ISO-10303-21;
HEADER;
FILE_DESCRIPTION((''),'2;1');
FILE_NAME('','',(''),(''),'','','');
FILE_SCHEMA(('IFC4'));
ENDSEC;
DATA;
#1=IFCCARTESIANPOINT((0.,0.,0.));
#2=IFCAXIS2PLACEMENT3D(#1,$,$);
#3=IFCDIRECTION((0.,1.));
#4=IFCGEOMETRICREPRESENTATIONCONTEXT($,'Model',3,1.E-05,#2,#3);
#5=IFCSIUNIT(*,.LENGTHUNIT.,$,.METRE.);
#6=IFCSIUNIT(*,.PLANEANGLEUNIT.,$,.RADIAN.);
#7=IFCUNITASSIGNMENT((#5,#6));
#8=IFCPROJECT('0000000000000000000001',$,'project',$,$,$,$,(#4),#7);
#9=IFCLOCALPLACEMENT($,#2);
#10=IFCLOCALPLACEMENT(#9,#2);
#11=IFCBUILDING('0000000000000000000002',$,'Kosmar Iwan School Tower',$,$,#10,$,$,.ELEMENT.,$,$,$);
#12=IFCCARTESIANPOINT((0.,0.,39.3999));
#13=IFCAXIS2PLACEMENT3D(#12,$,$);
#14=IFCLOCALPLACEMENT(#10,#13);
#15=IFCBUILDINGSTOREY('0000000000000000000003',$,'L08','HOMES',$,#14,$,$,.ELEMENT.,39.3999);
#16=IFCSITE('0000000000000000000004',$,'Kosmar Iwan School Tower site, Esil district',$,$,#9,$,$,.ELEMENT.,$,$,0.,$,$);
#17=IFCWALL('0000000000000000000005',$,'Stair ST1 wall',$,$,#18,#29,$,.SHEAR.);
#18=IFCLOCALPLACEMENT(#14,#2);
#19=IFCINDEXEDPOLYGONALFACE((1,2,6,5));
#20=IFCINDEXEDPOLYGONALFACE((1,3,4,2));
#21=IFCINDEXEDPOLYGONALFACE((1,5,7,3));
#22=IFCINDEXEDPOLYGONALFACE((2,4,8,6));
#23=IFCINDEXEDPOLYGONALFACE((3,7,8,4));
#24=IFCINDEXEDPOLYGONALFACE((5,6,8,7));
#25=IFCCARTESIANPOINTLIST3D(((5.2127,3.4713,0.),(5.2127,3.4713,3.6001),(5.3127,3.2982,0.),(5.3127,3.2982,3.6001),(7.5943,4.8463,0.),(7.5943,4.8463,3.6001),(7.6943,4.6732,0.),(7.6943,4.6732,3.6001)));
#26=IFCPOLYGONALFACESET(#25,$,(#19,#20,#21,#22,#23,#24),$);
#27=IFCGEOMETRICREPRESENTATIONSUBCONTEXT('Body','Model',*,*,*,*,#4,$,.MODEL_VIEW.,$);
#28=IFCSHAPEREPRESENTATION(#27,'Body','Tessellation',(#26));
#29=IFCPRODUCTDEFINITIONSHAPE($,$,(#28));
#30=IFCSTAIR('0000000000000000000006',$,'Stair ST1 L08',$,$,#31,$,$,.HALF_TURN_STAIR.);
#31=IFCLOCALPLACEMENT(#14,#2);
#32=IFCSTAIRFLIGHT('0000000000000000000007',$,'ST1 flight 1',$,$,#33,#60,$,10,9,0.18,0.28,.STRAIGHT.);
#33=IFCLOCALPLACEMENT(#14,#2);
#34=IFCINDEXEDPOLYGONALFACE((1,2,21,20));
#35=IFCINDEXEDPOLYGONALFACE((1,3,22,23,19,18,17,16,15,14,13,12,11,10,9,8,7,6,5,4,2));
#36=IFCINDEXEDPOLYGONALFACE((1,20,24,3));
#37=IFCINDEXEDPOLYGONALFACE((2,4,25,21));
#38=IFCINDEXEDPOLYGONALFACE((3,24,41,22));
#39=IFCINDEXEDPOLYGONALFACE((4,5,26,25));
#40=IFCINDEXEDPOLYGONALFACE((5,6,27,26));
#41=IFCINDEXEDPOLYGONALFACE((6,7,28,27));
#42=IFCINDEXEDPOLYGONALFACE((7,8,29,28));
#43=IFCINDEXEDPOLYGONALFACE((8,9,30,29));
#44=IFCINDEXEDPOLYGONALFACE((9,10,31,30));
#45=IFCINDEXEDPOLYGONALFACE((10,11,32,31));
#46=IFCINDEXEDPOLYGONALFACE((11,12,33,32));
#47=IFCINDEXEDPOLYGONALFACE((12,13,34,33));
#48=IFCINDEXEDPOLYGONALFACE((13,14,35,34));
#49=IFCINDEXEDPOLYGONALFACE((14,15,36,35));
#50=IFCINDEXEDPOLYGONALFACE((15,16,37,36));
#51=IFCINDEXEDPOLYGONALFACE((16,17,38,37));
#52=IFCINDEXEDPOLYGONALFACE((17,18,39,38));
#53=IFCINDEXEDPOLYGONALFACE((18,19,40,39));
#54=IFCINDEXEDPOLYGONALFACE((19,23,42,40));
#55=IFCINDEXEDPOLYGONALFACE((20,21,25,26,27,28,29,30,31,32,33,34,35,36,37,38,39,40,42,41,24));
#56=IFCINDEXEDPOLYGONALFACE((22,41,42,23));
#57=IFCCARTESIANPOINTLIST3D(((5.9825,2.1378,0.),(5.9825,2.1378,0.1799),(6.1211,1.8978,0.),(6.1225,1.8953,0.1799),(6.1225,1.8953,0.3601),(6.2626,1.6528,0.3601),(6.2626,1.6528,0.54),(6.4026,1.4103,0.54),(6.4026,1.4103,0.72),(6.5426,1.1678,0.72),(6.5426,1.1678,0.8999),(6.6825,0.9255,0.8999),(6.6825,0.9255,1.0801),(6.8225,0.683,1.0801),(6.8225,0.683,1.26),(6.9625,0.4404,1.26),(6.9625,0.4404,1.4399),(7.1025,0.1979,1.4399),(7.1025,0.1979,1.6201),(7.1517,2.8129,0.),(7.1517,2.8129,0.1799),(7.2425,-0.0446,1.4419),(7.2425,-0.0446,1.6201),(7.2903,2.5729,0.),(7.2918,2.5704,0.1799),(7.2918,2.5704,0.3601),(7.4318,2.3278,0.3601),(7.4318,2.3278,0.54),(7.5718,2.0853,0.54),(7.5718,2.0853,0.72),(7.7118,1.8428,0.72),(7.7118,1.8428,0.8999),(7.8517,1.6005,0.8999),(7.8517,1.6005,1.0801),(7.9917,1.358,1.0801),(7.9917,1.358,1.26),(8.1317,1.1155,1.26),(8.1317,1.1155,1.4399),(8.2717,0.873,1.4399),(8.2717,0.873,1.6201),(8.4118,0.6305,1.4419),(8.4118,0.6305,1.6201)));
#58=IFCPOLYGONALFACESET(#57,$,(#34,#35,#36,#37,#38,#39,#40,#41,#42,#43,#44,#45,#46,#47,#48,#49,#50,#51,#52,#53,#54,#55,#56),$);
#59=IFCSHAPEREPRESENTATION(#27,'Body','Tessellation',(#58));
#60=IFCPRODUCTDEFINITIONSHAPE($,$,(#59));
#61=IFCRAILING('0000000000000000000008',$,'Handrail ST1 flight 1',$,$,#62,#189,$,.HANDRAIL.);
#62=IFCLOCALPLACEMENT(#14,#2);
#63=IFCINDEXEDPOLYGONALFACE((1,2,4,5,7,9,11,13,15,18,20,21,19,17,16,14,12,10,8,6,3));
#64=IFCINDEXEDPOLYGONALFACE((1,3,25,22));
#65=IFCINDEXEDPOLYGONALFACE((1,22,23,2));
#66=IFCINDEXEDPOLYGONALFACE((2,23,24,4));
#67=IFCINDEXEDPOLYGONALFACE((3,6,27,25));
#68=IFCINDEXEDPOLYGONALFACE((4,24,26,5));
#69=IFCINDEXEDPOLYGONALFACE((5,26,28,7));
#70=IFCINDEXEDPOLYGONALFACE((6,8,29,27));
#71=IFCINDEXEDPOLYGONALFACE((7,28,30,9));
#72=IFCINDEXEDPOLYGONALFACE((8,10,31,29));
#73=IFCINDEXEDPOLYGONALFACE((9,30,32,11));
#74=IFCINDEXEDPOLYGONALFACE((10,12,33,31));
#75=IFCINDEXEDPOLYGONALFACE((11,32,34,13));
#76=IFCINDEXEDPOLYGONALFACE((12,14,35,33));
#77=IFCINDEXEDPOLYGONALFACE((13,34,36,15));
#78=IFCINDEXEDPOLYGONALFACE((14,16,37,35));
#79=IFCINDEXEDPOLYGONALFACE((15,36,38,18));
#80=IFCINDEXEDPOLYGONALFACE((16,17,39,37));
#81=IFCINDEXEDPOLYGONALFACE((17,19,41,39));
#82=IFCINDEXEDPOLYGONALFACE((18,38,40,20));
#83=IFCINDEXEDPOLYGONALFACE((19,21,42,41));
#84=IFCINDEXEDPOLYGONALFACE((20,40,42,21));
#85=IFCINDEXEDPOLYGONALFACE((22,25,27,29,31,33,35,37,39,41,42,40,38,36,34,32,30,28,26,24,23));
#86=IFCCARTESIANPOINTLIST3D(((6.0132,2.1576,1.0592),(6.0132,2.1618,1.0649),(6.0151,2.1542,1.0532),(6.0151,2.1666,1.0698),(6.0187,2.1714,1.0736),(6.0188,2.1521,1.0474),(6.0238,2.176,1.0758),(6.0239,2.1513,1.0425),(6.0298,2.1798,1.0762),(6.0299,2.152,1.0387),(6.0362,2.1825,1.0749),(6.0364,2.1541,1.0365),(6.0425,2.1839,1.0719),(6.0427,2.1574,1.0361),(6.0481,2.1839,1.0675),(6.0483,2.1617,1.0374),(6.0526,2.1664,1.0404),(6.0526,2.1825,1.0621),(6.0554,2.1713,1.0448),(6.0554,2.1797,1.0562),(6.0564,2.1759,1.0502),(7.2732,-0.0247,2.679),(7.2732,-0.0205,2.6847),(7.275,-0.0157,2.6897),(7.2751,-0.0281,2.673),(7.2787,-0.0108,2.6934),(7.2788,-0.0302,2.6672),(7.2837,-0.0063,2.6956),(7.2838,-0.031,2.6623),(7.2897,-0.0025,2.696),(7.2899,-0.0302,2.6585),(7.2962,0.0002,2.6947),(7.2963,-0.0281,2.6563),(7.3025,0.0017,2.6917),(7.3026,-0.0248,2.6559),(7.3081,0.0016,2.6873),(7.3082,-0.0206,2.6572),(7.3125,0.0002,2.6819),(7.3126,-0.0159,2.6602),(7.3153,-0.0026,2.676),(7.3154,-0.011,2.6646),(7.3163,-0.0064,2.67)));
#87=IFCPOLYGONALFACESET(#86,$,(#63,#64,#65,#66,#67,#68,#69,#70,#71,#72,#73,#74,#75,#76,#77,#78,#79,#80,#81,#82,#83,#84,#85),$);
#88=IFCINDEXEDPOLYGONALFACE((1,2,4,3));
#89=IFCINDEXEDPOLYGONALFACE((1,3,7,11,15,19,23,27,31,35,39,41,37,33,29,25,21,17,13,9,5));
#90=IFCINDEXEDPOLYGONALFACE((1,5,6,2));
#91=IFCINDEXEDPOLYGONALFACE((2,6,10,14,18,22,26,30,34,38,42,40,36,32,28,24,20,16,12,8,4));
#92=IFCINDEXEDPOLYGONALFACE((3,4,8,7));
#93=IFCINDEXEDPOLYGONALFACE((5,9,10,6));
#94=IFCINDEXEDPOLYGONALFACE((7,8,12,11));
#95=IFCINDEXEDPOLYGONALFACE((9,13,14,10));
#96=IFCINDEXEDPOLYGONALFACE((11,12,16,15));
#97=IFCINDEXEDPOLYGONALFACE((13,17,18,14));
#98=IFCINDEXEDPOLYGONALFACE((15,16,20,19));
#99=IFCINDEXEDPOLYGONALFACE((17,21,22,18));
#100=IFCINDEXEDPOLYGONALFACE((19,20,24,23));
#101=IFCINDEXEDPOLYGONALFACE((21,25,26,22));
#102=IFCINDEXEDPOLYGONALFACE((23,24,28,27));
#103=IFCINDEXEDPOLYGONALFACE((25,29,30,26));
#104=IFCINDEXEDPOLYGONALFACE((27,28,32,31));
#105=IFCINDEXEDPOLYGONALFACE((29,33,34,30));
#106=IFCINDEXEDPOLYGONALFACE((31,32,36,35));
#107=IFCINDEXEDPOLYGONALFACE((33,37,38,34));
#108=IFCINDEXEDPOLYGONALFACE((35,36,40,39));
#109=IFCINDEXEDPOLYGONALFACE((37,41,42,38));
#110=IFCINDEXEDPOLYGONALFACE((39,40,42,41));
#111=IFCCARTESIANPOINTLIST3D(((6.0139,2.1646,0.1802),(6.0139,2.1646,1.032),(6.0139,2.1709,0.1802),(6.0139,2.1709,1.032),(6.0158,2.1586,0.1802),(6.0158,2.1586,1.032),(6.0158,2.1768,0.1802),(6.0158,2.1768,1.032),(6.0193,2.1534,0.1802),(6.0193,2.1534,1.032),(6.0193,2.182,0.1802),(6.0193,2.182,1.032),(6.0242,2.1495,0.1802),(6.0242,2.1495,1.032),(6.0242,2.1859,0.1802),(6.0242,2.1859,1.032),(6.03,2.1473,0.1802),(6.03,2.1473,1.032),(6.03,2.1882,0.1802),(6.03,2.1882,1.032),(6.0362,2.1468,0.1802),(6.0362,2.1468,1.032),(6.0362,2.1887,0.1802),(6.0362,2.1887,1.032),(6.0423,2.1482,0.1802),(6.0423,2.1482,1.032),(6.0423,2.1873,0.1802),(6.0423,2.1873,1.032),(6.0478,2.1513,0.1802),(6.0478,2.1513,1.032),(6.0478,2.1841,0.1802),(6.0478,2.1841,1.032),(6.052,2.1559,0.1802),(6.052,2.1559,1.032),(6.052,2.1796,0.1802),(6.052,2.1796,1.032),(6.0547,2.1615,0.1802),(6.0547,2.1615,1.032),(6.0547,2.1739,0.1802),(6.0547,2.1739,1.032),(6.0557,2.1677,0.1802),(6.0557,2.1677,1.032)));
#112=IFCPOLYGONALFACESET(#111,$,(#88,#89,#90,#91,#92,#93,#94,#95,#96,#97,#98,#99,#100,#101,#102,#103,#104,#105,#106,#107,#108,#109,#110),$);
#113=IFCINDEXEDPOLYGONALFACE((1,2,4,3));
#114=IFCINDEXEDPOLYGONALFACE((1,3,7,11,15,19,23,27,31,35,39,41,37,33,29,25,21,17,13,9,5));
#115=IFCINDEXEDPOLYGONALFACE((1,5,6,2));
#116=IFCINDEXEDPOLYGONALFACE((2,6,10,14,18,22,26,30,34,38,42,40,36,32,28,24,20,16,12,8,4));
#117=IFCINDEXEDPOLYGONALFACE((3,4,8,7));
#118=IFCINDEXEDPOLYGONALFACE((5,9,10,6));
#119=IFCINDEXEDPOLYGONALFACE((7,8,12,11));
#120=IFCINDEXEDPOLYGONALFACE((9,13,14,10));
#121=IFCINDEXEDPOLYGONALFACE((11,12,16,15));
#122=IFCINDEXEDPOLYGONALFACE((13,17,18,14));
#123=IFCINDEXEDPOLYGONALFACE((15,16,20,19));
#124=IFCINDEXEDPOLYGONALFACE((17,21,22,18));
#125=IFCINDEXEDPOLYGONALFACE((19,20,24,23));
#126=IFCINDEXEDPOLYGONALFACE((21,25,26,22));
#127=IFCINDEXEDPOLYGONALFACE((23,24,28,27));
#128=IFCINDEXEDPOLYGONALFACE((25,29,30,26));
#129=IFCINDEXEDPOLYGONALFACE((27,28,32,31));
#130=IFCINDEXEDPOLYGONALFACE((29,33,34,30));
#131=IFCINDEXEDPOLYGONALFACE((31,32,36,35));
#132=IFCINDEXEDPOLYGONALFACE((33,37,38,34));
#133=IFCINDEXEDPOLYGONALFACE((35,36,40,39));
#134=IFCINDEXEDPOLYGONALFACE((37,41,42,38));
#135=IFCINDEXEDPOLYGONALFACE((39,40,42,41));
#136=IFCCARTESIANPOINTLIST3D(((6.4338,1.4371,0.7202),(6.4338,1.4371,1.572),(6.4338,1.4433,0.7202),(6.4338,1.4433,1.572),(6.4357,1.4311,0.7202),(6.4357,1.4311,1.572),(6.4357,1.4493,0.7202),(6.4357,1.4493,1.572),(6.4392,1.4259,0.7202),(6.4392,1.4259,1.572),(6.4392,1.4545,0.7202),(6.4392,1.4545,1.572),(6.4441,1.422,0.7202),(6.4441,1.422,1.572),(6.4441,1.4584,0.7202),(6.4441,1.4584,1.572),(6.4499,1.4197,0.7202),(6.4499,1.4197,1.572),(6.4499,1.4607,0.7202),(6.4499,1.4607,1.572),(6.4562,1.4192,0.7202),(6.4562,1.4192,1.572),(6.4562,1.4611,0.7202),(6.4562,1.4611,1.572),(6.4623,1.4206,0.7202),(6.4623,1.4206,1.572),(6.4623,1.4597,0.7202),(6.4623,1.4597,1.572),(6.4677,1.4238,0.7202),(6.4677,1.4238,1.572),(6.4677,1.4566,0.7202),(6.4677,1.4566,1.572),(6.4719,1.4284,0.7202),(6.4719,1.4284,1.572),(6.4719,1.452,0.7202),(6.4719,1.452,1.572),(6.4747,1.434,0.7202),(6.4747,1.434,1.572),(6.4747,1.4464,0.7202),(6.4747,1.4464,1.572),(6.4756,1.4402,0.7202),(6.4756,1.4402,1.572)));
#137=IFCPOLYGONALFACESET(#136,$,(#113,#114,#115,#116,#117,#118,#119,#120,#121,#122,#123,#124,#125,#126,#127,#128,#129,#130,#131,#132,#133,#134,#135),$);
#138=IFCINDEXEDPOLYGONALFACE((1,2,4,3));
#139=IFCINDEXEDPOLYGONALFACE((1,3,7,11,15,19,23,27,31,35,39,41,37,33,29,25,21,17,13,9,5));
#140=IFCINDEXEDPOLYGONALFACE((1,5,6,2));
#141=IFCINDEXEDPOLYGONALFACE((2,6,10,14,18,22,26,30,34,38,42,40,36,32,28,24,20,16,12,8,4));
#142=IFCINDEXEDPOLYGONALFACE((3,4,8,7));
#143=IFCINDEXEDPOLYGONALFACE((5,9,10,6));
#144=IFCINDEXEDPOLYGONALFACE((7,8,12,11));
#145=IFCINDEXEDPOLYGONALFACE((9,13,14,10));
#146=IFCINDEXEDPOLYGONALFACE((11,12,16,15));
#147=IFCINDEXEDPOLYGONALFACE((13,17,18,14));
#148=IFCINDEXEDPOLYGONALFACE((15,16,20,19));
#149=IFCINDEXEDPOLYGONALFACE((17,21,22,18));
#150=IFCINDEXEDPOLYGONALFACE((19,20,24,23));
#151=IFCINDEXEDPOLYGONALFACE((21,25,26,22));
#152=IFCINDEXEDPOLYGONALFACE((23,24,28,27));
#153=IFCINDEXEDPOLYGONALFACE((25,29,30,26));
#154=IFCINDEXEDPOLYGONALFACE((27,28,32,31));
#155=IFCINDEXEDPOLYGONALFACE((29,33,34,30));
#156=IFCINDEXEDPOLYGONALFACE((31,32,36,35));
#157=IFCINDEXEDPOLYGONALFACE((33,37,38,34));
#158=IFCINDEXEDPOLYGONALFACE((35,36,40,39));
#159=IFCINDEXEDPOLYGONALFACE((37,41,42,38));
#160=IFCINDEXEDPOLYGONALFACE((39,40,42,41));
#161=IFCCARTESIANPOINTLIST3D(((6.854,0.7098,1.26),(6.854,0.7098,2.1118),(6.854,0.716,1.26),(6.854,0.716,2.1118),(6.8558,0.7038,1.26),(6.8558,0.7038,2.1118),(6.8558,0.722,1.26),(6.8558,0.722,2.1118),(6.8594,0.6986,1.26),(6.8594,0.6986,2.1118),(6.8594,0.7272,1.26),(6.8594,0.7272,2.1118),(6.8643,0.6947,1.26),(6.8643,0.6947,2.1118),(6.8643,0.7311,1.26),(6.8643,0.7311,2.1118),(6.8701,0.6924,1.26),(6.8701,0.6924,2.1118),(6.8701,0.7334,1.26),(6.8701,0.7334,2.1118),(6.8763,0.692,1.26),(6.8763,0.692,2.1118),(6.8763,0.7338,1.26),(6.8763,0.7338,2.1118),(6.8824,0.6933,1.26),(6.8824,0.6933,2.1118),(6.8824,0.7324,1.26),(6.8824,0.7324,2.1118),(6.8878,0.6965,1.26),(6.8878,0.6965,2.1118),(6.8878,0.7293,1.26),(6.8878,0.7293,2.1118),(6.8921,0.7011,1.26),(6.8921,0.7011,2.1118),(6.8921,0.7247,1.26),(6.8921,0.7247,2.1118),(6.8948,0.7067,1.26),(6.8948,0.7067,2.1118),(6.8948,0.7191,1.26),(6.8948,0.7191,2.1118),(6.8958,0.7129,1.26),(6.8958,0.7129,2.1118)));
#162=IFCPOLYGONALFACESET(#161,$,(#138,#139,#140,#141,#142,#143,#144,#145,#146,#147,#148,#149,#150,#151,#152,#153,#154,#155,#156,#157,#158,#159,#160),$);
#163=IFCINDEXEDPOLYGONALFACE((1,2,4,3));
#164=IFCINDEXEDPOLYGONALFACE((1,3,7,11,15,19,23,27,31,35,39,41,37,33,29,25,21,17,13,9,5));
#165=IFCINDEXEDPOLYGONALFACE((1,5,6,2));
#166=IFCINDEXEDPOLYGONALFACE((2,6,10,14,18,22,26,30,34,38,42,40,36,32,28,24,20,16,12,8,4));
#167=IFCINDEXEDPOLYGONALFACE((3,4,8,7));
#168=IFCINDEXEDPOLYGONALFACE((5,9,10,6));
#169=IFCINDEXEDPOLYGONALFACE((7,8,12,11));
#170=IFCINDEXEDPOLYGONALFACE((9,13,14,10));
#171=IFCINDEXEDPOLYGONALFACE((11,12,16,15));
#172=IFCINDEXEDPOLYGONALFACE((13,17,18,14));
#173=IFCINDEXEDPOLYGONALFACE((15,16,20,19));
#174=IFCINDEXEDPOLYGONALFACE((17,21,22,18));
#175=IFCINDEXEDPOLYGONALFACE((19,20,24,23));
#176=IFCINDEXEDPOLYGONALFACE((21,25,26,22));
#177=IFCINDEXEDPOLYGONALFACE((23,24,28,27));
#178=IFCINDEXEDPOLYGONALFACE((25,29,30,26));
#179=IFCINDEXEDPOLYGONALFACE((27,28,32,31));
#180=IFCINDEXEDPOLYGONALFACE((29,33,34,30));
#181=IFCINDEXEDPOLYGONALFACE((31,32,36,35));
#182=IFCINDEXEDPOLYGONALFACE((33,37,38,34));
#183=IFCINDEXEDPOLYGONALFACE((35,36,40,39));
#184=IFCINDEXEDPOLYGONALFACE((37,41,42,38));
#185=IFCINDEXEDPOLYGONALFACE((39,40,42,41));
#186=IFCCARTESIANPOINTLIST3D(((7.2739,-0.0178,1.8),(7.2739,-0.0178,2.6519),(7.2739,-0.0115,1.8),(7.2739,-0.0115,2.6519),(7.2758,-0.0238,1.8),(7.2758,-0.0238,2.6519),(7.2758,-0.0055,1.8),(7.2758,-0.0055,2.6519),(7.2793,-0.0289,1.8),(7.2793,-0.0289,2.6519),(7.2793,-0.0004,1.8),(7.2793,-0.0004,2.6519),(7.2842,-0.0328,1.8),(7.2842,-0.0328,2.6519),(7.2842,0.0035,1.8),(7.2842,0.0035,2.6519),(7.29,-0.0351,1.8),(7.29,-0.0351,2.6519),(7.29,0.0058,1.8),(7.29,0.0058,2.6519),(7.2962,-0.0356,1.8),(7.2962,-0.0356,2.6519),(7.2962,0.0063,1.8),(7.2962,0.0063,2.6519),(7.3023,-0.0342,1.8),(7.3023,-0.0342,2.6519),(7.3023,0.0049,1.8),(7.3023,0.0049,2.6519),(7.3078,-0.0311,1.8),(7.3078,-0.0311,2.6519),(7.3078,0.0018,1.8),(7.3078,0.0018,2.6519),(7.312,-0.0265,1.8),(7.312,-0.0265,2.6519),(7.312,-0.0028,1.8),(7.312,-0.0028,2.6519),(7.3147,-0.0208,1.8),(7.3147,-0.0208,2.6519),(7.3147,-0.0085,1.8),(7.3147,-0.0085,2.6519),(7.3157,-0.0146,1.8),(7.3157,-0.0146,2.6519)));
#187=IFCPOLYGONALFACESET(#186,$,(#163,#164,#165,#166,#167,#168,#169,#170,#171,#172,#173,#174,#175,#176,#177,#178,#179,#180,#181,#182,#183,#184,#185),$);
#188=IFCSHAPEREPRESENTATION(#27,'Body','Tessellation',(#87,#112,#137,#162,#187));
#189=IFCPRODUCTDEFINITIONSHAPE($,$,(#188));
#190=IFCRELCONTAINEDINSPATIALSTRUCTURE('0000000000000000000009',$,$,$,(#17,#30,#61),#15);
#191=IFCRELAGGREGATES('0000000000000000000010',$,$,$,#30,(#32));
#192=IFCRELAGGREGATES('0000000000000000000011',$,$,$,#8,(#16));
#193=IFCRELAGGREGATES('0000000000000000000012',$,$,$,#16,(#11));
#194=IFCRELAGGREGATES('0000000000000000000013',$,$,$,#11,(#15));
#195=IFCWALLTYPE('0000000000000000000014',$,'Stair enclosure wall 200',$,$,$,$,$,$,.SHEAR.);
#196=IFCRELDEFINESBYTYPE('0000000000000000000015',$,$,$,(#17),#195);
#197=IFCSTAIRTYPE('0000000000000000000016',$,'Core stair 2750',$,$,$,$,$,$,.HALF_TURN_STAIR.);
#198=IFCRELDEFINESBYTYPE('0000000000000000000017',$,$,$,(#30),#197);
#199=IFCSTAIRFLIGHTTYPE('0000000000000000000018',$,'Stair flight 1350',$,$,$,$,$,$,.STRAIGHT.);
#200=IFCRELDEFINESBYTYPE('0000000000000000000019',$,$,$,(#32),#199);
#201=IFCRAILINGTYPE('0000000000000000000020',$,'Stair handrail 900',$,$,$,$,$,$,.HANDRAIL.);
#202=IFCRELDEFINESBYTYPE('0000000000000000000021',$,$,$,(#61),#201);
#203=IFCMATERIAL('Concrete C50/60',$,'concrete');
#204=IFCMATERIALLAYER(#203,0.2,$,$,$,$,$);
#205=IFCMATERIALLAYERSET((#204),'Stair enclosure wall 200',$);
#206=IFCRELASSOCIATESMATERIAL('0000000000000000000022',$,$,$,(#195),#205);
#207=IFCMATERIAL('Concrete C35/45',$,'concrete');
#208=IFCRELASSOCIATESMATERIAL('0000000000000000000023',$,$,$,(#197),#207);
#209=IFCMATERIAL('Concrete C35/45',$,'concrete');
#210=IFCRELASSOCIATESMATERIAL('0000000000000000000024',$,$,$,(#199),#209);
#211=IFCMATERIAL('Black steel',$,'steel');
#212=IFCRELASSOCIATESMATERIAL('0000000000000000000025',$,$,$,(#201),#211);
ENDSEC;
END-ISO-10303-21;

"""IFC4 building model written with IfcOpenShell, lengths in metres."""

from ifc_helpers import new_model, si_unit, direction, frame, frame_2d, origin, origin_2d, place, context, subcontext, project, spatial, polyline, rectangle, circle, outline, extrude, material, layer, layer_set, type_object, element, aggregate, save


model = new_model("IFC4")

# Units and contexts
model_context = context("Model", 3, precision=1e-05, world=origin(), true_north=direction((0.0, 1.0)))
body_context = subcontext(model_context, "Body", "Model", "MODEL_VIEW")
ifc_project = project(units=[si_unit("LENGTHUNIT", "METRE"), si_unit("PLANEANGLEUNIT", "RADIAN")], contexts=[model_context])

# Site, building, storey
site_placement = place(None, origin())
site = spatial("IfcSite", under=ifc_project, at=site_placement, Name="Kosmar Iwan School Tower site, Esil district", CompositionType="ELEMENT", RefElevation=0.0)
building_placement = place(site_placement, origin())
building = spatial("IfcBuilding", under=site, at=building_placement, Name="Kosmar Iwan School Tower", CompositionType="ELEMENT")
storey_placement = place(building_placement, frame((0.0, 0.0, 39.3999)))
storey = spatial("IfcBuildingStorey", under=building, at=storey_placement, Name="L08", Description="HOMES", CompositionType="ELEMENT", Elevation=39.3999)

# Wall
ifc_material_1 = material(Name="Concrete C50/60", Category="concrete")
ifc_layer_1 = layer(ifc_material_1, 0.2)
ifc_layer_set_1 = layer_set([ifc_layer_1], Name="Stair enclosure wall 200")
wall_type_1 = type_object("IfcWallType", Name="Stair enclosure wall 200", PredefinedType="SHEAR", material=ifc_layer_set_1)
wall_1_placement = place(storey_placement, frame((5.2627, 3.3848, 0.0), z_axis=(0.0, 0.0, 1.0), x_axis=(0.866027, 0.499997, 0.0)))
element("IfcWall", 1, at=wall_1_placement, inside=storey, type_object=wall_type_1, Name="Stair ST1 wall", PredefinedType="SHEAR", context=body_context, shape_type="SweptSolid", body=[
    extrude(rectangle(XDim=2.75, YDim=0.2, at=frame_2d((1.375, 0.0))), origin(), (0.0, 0.0, 1.0), 3.6001),
])

# Stair, stair flight
ifc_material_2 = material(Name="Concrete C35/45", Category="concrete")
stair_type_1 = type_object("IfcStairType", Name="Core stair 2750", PredefinedType="HALF_TURN_STAIR", material=ifc_material_2)
stair_1_placement = place(storey_placement, origin())
stair_1 = element("IfcStair", 2, at=stair_1_placement, inside=storey, type_object=stair_type_1, Name="Stair ST1 L08", PredefinedType="HALF_TURN_STAIR")
ifc_material_3 = material(Name="Concrete C35/45", Category="concrete")
stair_flight_type = type_object("IfcStairFlightType", Name="Stair flight 1350", PredefinedType="STRAIGHT", material=ifc_material_3)
stair_flight_placement = place(storey_placement, frame((6.5671, 2.4753, 0.0), z_axis=(0.0, 0.0, 1.0), x_axis=(0.5, -0.866025, 0.0)))
stair_flight = element("IfcStairFlight", 3, at=stair_flight_placement, type_object=stair_flight_type, Name="ST1 flight 1", NumberOfRisers=10, NumberOfTreads=9, PredefinedType="STRAIGHT", RiserHeight=0.18, TreadLength=0.28, context=body_context, shape_type="SweptSolid", body=[
    extrude(outline(polyline([(0.0, 0.0), (0.0, 0.1799), (0.28, 0.1799), (0.28, 0.3601), (0.5601, 0.3601), (0.5601, 0.54), (0.8401, 0.54), (0.8401, 0.72), (1.1201, 0.72), (1.1201, 0.8999), (1.3999, 0.8999), (1.3999, 1.0801), (1.6799, 1.0801), (1.6799, 1.26), (1.96, 1.26), (1.96, 1.4399), (2.24, 1.4399), (2.24, 1.6201), (2.52, 1.6201), (2.52, 1.8), (2.52, 1.4419), (0.2771, 0.0), (0.0, 0.0)])), frame((0.0, 0.675, 0.0), z_axis=(0.0, -1.0, 0.0), x_axis=(1.0, 0.0, 0.0)), (0.0, 0.0, 1.0), 1.3501),
])
aggregate(stair_1, [stair_flight])

# Railing
ifc_material_4 = material(Name="Black steel", Category="steel")
railing_type = type_object("IfcRailingType", Name="Stair handrail 900", PredefinedType="HANDRAIL", material=ifc_material_4)
railing_placement = place(storey_placement, frame((6.0347, 2.1677, 0.1802)))
element("IfcRailing", 4, at=railing_placement, inside=storey, type_object=railing_type, Name="Handrail ST1 flight 1", PredefinedType="HANDRAIL", context=body_context, shape_type="SweptSolid", body=[
    extrude(circle(Radius=0.0239, at=origin_2d()), frame((0.0, 0.0, 0.876), z_axis=(0.420603, -0.728496, 0.540728), x_axis=(0.866023, 0.500005, 0.0)), (0.0, 0.0, 1.0), 2.9956),
    extrude(circle(Radius=0.021, at=origin_2d()), origin(), (0.0, 0.0, 1.0), 0.8518),
    extrude(circle(Radius=0.021, at=origin_2d()), frame((0.4199, -0.7275, 0.54)), (0.0, 0.0, 1.0), 0.8518),
    extrude(circle(Radius=0.021, at=origin_2d()), frame((0.8401, -1.4548, 1.0798)), (0.0, 0.0, 1.0), 0.8518),
    extrude(circle(Radius=0.021, at=origin_2d()), frame((1.26, -2.1824, 1.6199)), (0.0, 0.0, 1.0), 0.8518),
])

save(model, "model.ifc")
